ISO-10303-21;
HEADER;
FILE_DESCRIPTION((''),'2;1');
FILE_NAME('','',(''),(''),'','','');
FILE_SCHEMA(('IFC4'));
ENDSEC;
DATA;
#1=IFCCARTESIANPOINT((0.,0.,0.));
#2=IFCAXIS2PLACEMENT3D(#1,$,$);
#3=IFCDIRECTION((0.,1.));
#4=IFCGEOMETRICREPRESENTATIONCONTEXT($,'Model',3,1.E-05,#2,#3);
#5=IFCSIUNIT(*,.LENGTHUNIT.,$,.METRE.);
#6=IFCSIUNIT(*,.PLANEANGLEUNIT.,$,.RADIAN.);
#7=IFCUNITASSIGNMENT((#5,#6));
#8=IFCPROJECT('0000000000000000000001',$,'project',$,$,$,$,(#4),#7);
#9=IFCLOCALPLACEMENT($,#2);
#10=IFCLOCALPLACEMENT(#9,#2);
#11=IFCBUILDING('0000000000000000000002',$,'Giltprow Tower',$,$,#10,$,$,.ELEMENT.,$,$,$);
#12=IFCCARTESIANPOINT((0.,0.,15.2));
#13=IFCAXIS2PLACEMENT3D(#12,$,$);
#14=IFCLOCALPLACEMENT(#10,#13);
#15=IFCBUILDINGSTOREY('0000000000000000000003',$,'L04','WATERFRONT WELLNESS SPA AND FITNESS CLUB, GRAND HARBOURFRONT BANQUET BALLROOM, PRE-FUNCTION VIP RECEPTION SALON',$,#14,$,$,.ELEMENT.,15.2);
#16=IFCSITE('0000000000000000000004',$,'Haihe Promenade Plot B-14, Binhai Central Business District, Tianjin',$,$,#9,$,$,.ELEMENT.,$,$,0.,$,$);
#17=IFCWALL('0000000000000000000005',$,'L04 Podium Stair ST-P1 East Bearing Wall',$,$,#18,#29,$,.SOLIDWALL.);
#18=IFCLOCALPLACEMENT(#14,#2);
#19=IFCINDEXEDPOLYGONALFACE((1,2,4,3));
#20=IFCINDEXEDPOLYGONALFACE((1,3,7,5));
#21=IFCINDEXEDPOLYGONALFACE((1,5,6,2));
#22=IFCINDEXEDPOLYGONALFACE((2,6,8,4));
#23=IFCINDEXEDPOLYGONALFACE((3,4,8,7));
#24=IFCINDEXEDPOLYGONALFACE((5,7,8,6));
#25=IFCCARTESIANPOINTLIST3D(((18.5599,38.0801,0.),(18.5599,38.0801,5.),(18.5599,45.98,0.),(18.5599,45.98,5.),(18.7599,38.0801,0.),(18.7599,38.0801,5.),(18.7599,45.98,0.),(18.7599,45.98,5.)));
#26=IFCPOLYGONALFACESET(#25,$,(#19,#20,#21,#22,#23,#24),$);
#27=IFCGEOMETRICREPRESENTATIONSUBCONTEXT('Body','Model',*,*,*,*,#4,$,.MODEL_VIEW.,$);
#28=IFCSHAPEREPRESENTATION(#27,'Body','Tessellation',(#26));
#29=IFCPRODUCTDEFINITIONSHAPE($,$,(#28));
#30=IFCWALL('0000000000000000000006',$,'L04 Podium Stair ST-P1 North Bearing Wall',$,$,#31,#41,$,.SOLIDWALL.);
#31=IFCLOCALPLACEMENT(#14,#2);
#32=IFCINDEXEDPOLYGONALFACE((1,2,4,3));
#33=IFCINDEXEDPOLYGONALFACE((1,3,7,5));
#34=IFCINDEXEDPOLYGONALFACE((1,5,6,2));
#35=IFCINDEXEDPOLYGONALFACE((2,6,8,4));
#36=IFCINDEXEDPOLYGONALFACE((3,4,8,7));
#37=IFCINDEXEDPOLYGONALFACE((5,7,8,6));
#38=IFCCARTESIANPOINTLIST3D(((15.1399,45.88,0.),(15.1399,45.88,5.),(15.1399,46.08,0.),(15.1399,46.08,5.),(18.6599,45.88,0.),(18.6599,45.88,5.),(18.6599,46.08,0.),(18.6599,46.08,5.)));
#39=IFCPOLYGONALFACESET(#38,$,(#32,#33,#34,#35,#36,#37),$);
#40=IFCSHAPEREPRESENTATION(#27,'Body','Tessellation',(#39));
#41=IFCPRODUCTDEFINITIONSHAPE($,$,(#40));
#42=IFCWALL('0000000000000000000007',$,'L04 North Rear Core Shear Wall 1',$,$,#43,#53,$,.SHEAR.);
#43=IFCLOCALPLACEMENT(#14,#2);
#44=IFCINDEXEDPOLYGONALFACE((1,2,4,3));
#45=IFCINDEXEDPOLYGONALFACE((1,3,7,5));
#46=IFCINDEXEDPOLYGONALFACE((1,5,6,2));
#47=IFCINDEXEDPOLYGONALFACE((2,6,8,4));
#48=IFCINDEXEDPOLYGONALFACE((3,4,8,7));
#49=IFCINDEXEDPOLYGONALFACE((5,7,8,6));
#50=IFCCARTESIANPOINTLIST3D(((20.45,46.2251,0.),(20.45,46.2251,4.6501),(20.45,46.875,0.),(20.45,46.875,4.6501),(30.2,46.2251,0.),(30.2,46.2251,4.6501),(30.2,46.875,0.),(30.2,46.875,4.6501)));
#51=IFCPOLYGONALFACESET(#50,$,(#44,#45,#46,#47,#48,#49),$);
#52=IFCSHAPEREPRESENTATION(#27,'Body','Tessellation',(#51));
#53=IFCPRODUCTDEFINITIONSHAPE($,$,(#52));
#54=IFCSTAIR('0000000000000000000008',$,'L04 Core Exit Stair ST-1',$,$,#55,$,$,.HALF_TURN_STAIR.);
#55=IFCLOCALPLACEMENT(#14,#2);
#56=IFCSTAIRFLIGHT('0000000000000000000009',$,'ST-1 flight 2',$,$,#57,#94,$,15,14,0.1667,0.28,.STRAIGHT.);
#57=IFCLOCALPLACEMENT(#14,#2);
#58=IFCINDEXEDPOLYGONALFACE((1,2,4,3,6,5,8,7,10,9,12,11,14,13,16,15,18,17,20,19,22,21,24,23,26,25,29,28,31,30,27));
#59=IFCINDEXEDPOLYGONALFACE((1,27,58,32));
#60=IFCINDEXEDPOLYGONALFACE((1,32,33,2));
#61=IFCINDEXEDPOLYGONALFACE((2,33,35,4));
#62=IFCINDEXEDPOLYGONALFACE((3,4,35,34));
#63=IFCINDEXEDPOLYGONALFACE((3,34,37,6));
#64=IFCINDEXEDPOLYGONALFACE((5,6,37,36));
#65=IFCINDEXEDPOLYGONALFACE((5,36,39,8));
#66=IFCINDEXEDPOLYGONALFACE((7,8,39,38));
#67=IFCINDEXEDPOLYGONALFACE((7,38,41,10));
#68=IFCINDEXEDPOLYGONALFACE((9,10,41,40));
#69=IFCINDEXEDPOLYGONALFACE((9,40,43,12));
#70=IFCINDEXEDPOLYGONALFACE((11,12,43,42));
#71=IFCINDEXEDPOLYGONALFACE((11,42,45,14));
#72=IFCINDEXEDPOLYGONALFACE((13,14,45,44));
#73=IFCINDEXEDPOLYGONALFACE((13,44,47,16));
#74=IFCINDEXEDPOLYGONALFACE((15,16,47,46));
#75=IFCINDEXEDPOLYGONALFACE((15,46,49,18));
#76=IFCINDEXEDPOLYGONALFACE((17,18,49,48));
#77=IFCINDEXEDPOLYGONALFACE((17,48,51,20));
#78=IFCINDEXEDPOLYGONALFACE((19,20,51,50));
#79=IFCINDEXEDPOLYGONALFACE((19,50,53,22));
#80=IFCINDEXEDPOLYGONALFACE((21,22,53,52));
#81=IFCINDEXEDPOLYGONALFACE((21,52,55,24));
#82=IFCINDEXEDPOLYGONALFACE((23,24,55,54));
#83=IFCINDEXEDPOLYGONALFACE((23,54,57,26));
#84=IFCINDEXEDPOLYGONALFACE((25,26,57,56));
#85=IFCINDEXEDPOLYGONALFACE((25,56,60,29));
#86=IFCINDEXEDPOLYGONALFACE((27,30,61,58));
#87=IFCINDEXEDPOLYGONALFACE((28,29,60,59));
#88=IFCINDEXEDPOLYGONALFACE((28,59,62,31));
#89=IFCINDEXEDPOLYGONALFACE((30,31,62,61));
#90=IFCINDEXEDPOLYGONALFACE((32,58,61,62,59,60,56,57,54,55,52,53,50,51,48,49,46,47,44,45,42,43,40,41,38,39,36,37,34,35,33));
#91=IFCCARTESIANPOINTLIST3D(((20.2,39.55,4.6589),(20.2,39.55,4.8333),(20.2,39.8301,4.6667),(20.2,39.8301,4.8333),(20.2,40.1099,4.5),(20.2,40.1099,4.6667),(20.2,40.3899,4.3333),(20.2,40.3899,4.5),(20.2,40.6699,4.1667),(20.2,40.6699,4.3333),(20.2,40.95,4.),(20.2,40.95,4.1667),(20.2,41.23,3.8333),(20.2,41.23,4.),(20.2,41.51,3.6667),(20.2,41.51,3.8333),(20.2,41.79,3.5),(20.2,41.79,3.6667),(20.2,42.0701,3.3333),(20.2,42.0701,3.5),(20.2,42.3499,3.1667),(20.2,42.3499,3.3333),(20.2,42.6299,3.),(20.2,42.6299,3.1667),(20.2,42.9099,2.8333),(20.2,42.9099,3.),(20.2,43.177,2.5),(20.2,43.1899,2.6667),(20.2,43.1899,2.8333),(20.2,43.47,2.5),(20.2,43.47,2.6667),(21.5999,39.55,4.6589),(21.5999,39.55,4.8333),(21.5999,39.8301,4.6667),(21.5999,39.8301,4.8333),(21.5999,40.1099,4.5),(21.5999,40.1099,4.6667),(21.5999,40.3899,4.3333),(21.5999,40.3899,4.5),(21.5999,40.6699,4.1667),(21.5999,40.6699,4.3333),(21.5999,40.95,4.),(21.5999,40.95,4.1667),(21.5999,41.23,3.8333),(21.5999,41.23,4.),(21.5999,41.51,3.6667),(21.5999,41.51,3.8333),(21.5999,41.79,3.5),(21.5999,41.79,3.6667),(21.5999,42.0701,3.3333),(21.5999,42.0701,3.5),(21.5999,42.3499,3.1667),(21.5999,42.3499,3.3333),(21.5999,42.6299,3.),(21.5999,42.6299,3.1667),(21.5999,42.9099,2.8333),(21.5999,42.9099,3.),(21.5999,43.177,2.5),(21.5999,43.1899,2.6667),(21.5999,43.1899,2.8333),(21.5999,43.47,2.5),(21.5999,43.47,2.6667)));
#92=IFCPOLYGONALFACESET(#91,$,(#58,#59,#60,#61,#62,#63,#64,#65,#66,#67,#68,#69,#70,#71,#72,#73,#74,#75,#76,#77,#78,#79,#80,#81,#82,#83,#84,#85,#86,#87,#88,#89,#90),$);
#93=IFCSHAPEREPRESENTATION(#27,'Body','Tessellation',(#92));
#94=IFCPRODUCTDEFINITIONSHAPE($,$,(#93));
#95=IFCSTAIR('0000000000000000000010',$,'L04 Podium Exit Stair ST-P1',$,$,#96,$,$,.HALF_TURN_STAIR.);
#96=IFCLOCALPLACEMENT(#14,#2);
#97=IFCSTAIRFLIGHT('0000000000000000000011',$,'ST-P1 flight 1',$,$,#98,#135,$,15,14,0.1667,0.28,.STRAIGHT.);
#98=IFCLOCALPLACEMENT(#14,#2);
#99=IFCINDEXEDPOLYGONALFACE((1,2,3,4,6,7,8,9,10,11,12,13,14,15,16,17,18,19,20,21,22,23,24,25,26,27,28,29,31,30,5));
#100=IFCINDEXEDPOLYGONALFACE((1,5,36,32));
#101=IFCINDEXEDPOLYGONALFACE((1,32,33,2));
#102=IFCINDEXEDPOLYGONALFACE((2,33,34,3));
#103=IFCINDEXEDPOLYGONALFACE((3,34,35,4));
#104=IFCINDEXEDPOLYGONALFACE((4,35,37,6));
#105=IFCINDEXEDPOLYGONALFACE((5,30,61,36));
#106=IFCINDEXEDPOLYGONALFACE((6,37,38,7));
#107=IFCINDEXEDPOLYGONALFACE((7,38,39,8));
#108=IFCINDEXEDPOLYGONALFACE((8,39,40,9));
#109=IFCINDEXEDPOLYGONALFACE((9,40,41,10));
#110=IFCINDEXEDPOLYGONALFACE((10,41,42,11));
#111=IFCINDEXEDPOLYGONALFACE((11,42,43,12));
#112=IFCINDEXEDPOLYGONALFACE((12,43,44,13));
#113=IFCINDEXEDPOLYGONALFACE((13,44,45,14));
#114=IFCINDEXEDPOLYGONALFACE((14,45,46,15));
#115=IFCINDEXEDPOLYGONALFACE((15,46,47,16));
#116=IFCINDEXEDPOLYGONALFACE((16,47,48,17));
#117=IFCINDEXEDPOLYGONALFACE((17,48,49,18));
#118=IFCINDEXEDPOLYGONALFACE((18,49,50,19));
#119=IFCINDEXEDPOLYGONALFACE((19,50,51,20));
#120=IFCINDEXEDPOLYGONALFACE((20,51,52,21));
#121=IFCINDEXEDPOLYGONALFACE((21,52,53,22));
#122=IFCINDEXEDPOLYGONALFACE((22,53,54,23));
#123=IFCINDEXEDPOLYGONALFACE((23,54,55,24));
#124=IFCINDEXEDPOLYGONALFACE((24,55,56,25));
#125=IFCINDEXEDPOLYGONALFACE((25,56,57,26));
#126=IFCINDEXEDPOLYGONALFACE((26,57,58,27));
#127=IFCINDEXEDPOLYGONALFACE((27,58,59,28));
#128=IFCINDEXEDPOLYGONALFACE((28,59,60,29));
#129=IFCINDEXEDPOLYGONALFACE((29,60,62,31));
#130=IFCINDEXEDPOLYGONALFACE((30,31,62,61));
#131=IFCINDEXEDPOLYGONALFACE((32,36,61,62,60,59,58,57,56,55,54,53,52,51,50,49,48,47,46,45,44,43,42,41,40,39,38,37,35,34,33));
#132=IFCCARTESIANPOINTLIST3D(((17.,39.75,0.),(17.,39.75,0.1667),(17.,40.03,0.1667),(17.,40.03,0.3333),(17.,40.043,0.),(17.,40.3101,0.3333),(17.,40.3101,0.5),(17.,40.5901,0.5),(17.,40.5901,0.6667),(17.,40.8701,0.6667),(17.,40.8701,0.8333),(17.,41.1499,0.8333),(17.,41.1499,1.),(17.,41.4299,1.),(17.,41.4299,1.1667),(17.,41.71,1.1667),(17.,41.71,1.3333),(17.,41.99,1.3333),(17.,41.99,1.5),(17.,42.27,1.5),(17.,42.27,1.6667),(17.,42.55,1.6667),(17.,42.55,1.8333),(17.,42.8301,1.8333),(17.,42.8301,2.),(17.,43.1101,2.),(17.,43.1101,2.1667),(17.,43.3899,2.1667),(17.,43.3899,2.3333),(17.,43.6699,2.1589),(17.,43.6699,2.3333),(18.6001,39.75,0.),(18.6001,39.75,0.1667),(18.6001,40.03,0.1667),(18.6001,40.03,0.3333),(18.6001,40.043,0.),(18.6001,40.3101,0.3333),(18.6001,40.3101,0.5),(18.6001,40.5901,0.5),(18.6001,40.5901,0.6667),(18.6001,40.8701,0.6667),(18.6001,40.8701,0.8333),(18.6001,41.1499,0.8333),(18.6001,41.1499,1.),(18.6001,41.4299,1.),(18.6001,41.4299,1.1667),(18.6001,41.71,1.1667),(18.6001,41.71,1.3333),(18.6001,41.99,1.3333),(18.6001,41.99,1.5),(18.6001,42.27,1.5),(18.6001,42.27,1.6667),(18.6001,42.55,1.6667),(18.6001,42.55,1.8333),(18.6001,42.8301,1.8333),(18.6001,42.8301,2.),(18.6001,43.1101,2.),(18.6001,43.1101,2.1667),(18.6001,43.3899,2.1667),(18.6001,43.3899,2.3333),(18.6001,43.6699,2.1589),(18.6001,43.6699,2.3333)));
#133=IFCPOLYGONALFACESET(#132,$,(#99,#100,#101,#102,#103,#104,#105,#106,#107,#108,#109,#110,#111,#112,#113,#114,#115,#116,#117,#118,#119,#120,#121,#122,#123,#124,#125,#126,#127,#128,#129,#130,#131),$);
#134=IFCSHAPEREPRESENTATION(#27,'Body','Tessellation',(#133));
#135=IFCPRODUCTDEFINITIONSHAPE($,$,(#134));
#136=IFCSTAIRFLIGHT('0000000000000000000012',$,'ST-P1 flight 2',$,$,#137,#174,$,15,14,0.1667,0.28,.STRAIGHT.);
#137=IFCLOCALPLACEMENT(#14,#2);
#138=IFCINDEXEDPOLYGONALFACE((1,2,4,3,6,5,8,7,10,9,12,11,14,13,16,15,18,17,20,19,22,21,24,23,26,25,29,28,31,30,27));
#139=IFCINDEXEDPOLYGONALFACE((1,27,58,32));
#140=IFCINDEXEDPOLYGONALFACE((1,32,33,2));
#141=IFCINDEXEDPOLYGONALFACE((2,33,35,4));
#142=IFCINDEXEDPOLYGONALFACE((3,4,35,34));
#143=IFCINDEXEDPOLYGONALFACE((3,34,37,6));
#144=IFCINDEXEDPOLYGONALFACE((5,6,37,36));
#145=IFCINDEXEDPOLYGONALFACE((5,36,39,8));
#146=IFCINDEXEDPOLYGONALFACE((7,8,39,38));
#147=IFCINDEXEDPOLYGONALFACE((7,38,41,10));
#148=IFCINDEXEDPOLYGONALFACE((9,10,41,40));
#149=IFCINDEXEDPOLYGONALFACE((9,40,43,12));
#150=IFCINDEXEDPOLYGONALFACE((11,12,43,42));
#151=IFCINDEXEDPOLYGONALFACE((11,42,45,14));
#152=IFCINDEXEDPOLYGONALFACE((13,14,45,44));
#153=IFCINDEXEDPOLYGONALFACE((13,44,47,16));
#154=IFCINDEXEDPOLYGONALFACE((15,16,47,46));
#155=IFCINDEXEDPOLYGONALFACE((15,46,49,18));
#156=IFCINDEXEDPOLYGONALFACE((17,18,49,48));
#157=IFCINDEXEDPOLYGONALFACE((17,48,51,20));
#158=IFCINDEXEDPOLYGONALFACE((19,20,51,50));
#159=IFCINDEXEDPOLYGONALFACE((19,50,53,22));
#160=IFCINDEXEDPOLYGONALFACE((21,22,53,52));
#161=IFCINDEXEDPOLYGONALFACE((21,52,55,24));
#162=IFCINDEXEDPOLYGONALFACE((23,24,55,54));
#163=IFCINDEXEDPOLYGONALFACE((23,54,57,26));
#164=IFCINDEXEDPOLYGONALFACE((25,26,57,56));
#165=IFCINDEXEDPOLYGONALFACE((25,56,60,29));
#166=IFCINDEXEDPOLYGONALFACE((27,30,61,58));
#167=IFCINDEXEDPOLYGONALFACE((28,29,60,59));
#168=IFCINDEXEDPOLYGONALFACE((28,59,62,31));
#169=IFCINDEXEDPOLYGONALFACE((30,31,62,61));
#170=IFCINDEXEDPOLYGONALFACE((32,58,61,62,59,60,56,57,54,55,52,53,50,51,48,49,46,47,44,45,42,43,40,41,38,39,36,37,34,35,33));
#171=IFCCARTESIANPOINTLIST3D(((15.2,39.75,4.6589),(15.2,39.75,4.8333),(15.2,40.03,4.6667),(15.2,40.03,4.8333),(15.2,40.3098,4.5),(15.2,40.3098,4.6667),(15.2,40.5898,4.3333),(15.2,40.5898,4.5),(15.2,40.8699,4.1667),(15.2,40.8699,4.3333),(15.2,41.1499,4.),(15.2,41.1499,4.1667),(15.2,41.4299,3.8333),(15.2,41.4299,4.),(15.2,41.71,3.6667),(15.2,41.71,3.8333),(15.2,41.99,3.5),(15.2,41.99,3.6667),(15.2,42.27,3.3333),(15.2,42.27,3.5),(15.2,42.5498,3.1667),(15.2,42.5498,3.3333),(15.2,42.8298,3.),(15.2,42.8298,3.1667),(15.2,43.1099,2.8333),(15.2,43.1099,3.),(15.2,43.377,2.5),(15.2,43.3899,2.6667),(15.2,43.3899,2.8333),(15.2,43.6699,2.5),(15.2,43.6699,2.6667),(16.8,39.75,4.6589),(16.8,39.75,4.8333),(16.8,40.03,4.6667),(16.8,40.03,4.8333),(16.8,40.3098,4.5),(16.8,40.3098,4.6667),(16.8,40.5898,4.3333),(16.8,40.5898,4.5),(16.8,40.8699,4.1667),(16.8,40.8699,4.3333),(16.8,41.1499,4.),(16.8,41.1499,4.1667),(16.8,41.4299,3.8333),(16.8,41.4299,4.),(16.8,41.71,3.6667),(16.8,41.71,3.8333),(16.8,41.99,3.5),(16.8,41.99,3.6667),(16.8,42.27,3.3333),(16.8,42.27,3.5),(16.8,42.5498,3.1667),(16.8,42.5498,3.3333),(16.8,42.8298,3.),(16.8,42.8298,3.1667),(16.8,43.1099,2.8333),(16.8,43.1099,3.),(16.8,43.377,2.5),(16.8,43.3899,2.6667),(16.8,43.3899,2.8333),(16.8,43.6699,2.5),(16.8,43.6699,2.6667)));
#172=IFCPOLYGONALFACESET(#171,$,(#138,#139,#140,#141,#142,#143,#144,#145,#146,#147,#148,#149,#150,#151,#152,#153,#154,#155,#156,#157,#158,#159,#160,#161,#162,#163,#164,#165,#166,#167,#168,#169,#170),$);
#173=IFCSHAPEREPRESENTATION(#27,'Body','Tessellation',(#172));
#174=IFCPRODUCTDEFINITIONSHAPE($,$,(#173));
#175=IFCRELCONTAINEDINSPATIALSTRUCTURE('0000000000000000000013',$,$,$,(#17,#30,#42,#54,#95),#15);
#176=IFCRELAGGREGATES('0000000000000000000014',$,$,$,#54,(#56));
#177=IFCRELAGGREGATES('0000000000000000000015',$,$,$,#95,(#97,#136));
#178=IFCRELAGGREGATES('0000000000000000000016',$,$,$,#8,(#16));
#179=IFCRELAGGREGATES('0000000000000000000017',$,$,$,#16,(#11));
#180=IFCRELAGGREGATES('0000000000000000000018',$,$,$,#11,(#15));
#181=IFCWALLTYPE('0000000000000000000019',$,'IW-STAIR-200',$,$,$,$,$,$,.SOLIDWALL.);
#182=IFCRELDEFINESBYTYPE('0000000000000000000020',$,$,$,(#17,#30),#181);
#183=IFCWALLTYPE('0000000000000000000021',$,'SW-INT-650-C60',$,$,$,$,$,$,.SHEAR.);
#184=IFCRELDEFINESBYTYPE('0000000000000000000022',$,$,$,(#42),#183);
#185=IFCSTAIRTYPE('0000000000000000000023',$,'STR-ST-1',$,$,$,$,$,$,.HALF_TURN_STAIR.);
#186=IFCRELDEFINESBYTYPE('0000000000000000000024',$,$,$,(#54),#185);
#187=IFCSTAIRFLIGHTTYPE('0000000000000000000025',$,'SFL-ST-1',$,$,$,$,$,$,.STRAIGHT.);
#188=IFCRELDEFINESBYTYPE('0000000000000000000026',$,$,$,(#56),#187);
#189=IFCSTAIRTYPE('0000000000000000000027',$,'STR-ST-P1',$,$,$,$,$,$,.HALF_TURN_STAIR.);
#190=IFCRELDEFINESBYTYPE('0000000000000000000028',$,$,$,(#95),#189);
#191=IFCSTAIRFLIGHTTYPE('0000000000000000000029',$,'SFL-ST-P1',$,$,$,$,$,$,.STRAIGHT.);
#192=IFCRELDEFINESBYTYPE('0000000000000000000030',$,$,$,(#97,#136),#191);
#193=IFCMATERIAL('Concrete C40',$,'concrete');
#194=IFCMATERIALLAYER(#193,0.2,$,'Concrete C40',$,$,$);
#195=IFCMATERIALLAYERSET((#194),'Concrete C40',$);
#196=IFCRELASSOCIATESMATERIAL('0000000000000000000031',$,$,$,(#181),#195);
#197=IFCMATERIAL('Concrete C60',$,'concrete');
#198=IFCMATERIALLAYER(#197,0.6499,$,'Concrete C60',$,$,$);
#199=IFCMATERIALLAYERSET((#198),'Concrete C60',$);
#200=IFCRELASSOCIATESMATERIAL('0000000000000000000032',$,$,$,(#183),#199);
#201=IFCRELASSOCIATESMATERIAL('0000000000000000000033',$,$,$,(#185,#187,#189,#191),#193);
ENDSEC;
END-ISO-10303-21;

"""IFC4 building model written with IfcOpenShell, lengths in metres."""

from ifc_helpers import new_model, si_unit, direction, frame, frame_2d, origin, place, context, subcontext, project, spatial, polyline, rectangle, outline, extrude, material, layer, layer_set, type_object, element, aggregate, save


model = new_model("IFC4")

# Units and contexts
model_context = context("Model", 3, precision=1e-05, world=origin(), true_north=direction((0.0, 1.0)))
body_context = subcontext(model_context, "Body", "Model", "MODEL_VIEW")
ifc_project = project(units=[si_unit("LENGTHUNIT", "METRE"), si_unit("PLANEANGLEUNIT", "RADIAN")], contexts=[model_context])

# Site, building, storey
site_placement = place(None, origin())
site = spatial("IfcSite", under=ifc_project, at=site_placement, Name="Haihe Promenade Plot B-14, Binhai Central Business District, Tianjin", CompositionType="ELEMENT", RefElevation=0.0)
building_placement = place(site_placement, origin())
building = spatial("IfcBuilding", under=site, at=building_placement, Name="Giltprow Tower", CompositionType="ELEMENT")
storey_placement = place(building_placement, frame((0.0, 0.0, 15.2)))
storey = spatial("IfcBuildingStorey", under=building, at=storey_placement, Name="L04", Description="WATERFRONT WELLNESS SPA AND FITNESS CLUB, GRAND HARBOURFRONT BANQUET BALLROOM, PRE-FUNCTION VIP RECEPTION SALON", CompositionType="ELEMENT", Elevation=15.2)

# Shared definitions
ifc_material_1 = material(Name="Concrete C60", Category="concrete")

# Shared definitions
ifc_material_2 = material(Name="Concrete C40", Category="concrete")

# Walls
ifc_layer_1 = layer(ifc_material_2, 0.2, Name="Concrete C40")
ifc_layer_set_1 = layer_set([ifc_layer_1], Name="Concrete C40")
wall_type_1 = type_object("IfcWallType", Name="IW-STAIR-200", PredefinedType="SOLIDWALL", material=ifc_layer_set_1)
for number, where, z_axis, x_axis, name in (
    (1, (18.6599, 38.0801, 0.0), (0.0, 0.0, 1.0), (0.0, 1.0, 0.0), "L04 Podium Stair ST-P1 East Bearing Wall"),
):
    element("IfcWall", number, at=place(storey_placement, frame(where, z_axis=z_axis, x_axis=x_axis)), inside=storey, type_object=wall_type_1, Name=name, PredefinedType="SOLIDWALL", context=body_context, shape_type="SweptSolid", body=[
        extrude(rectangle(XDim=7.8999, YDim=0.2, at=frame_2d((3.95, 0.0))), origin(), (0.0, 0.0, 1.0), 5.0),
    ])
wall_1_placement = place(storey_placement, frame((15.1399, 45.98, 0.0), z_axis=(0.0, 0.0, 1.0), x_axis=(1.0, 0.0, 0.0)))
element("IfcWall", 2, at=wall_1_placement, inside=storey, type_object=wall_type_1, Name="L04 Podium Stair ST-P1 North Bearing Wall", PredefinedType="SOLIDWALL", context=body_context, shape_type="SweptSolid", body=[
    extrude(rectangle(XDim=3.52, YDim=0.2, at=frame_2d((1.76, 0.0))), origin(), (0.0, 0.0, 1.0), 5.0),
])

# Wall
ifc_layer_2 = layer(ifc_material_1, 0.6499, Name="Concrete C60")
ifc_layer_set_2 = layer_set([ifc_layer_2], Name="Concrete C60")
wall_type_2 = type_object("IfcWallType", Name="SW-INT-650-C60", PredefinedType="SHEAR", material=ifc_layer_set_2)
wall_2_placement = place(storey_placement, frame((20.45, 46.55, 0.0), z_axis=(0.0, 0.0, 1.0), x_axis=(1.0, 0.0, 0.0)))
element("IfcWall", 3, at=wall_2_placement, inside=storey, type_object=wall_type_2, Name="L04 North Rear Core Shear Wall 1", PredefinedType="SHEAR", context=body_context, shape_type="SweptSolid", body=[
    extrude(rectangle(XDim=9.75, YDim=0.6499, at=frame_2d((4.875, 0.0))), origin(), (0.0, 0.0, 1.0), 4.6501),
])

# Stair, stair flight
stair_type_1 = type_object("IfcStairType", Name="STR-ST-1", PredefinedType="HALF_TURN_STAIR", material=ifc_material_2)
stair_1_placement = place(storey_placement, origin())
stair_1 = element("IfcStair", 4, at=stair_1_placement, inside=storey, type_object=stair_type_1, Name="L04 Core Exit Stair ST-1", PredefinedType="HALF_TURN_STAIR")
stair_flight_type_1 = type_object("IfcStairFlightType", Name="SFL-ST-1", PredefinedType="STRAIGHT", material=ifc_material_2)
stair_flight_1_placement = place(storey_placement, frame((20.8999, 43.47, 2.5), z_axis=(0.0, 0.0, 1.0), x_axis=(0.0, -1.0, 0.0)))
stair_flight_1 = element("IfcStairFlight", 5, at=stair_flight_1_placement, type_object=stair_flight_type_1, Name="ST-1 flight 2", NumberOfRisers=15, NumberOfTreads=14, PredefinedType="STRAIGHT", RiserHeight=0.1667, TreadLength=0.28, context=body_context, shape_type="SweptSolid", body=[
    extrude(outline(polyline([(0.0, 0.0), (0.0, 0.1667), (0.28, 0.1667), (0.28, 0.3333), (0.5601, 0.3333), (0.5601, 0.5), (0.8401, 0.5), (0.8401, 0.6667), (1.1201, 0.6667), (1.1201, 0.8333), (1.3999, 0.8333), (1.3999, 1.0), (1.6799, 1.0), (1.6799, 1.1667), (1.96, 1.1667), (1.96, 1.3333), (2.24, 1.3333), (2.24, 1.5), (2.52, 1.5), (2.52, 1.6667), (2.8, 1.6667), (2.8, 1.8333), (3.0801, 1.8333), (3.0801, 2.0), (3.3601, 2.0), (3.3601, 2.1667), (3.6399, 2.1667), (3.6399, 2.3333), (3.9199, 2.3333), (3.9199, 2.5), (3.9199, 2.1589), (0.293, 0.0), (0.0, 0.0)])), frame((0.0, 0.7, 0.0), z_axis=(0.0, -1.0, 0.0), x_axis=(1.0, 0.0, 0.0)), (0.0, 0.0, 1.0), 1.3999),
])
aggregate(stair_1, [stair_flight_1])

# Stair, stair flights
stair_type_2 = type_object("IfcStairType", Name="STR-ST-P1", PredefinedType="HALF_TURN_STAIR", material=ifc_material_2)
stair_2_placement = place(storey_placement, origin())
stair_2 = element("IfcStair", 6, at=stair_2_placement, inside=storey, type_object=stair_type_2, Name="L04 Podium Exit Stair ST-P1", PredefinedType="HALF_TURN_STAIR")
stair_flight_type_2 = type_object("IfcStairFlightType", Name="SFL-ST-P1", PredefinedType="STRAIGHT", material=ifc_material_2)
stair_flight_2_placement = place(storey_placement, frame((17.8, 39.75, 0.0), z_axis=(0.0, 0.0, 1.0), x_axis=(0.0, 1.0, 0.0)))
stair_flight_2 = element("IfcStairFlight", 7, at=stair_flight_2_placement, type_object=stair_flight_type_2, Name="ST-P1 flight 1", NumberOfRisers=15, NumberOfTreads=14, PredefinedType="STRAIGHT", RiserHeight=0.1667, TreadLength=0.28, context=body_context, shape_type="SweptSolid", body=[
    extrude(outline(polyline([(0.0, 0.0), (0.0, 0.1667), (0.28, 0.1667), (0.28, 0.3333), (0.5601, 0.3333), (0.5601, 0.5), (0.8401, 0.5), (0.8401, 0.6667), (1.1201, 0.6667), (1.1201, 0.8333), (1.3999, 0.8333), (1.3999, 1.0), (1.6799, 1.0), (1.6799, 1.1667), (1.96, 1.1667), (1.96, 1.3333), (2.24, 1.3333), (2.24, 1.5), (2.52, 1.5), (2.52, 1.6667), (2.8, 1.6667), (2.8, 1.8333), (3.0801, 1.8333), (3.0801, 2.0), (3.3601, 2.0), (3.3601, 2.1667), (3.6399, 2.1667), (3.6399, 2.3333), (3.9199, 2.3333), (3.9199, 2.5), (3.9199, 2.1589), (0.293, 0.0), (0.0, 0.0)])), frame((0.0, 0.8, 0.0), z_axis=(0.0, -1.0, 0.0), x_axis=(1.0, 0.0, 0.0)), (0.0, 0.0, 1.0), 1.6001),
])
stair_flight_3_placement = place(storey_placement, frame((16.0, 43.6699, 2.5), z_axis=(0.0, 0.0, 1.0), x_axis=(0.0, -1.0, 0.0)))
stair_flight_3 = element("IfcStairFlight", 8, at=stair_flight_3_placement, type_object=stair_flight_type_2, Name="ST-P1 flight 2", NumberOfRisers=15, NumberOfTreads=14, PredefinedType="STRAIGHT", RiserHeight=0.1667, TreadLength=0.28, context=body_context, shape_type="SweptSolid", body=[
    extrude(outline(polyline([(0.0, 0.0), (0.0, 0.1667), (0.28, 0.1667), (0.28, 0.3333), (0.5601, 0.3333), (0.5601, 0.5), (0.8401, 0.5), (0.8401, 0.6667), (1.1201, 0.6667), (1.1201, 0.8333), (1.3999, 0.8333), (1.3999, 1.0), (1.6799, 1.0), (1.6799, 1.1667), (1.96, 1.1667), (1.96, 1.3333), (2.24, 1.3333), (2.24, 1.5), (2.52, 1.5), (2.52, 1.6667), (2.8, 1.6667), (2.8, 1.8333), (3.0801, 1.8333), (3.0801, 2.0), (3.3601, 2.0), (3.3601, 2.1667), (3.6399, 2.1667), (3.6399, 2.3333), (3.9199, 2.3333), (3.9199, 2.5), (3.9199, 2.1589), (0.293, 0.0), (0.0, 0.0)])), frame((0.0, 0.8, 0.0), z_axis=(0.0, -1.0, 0.0), x_axis=(1.0, 0.0, 0.0)), (0.0, 0.0, 1.0), 1.6001),
])
aggregate(stair_2, [stair_flight_2, stair_flight_3])

save(model, "model.ifc")
